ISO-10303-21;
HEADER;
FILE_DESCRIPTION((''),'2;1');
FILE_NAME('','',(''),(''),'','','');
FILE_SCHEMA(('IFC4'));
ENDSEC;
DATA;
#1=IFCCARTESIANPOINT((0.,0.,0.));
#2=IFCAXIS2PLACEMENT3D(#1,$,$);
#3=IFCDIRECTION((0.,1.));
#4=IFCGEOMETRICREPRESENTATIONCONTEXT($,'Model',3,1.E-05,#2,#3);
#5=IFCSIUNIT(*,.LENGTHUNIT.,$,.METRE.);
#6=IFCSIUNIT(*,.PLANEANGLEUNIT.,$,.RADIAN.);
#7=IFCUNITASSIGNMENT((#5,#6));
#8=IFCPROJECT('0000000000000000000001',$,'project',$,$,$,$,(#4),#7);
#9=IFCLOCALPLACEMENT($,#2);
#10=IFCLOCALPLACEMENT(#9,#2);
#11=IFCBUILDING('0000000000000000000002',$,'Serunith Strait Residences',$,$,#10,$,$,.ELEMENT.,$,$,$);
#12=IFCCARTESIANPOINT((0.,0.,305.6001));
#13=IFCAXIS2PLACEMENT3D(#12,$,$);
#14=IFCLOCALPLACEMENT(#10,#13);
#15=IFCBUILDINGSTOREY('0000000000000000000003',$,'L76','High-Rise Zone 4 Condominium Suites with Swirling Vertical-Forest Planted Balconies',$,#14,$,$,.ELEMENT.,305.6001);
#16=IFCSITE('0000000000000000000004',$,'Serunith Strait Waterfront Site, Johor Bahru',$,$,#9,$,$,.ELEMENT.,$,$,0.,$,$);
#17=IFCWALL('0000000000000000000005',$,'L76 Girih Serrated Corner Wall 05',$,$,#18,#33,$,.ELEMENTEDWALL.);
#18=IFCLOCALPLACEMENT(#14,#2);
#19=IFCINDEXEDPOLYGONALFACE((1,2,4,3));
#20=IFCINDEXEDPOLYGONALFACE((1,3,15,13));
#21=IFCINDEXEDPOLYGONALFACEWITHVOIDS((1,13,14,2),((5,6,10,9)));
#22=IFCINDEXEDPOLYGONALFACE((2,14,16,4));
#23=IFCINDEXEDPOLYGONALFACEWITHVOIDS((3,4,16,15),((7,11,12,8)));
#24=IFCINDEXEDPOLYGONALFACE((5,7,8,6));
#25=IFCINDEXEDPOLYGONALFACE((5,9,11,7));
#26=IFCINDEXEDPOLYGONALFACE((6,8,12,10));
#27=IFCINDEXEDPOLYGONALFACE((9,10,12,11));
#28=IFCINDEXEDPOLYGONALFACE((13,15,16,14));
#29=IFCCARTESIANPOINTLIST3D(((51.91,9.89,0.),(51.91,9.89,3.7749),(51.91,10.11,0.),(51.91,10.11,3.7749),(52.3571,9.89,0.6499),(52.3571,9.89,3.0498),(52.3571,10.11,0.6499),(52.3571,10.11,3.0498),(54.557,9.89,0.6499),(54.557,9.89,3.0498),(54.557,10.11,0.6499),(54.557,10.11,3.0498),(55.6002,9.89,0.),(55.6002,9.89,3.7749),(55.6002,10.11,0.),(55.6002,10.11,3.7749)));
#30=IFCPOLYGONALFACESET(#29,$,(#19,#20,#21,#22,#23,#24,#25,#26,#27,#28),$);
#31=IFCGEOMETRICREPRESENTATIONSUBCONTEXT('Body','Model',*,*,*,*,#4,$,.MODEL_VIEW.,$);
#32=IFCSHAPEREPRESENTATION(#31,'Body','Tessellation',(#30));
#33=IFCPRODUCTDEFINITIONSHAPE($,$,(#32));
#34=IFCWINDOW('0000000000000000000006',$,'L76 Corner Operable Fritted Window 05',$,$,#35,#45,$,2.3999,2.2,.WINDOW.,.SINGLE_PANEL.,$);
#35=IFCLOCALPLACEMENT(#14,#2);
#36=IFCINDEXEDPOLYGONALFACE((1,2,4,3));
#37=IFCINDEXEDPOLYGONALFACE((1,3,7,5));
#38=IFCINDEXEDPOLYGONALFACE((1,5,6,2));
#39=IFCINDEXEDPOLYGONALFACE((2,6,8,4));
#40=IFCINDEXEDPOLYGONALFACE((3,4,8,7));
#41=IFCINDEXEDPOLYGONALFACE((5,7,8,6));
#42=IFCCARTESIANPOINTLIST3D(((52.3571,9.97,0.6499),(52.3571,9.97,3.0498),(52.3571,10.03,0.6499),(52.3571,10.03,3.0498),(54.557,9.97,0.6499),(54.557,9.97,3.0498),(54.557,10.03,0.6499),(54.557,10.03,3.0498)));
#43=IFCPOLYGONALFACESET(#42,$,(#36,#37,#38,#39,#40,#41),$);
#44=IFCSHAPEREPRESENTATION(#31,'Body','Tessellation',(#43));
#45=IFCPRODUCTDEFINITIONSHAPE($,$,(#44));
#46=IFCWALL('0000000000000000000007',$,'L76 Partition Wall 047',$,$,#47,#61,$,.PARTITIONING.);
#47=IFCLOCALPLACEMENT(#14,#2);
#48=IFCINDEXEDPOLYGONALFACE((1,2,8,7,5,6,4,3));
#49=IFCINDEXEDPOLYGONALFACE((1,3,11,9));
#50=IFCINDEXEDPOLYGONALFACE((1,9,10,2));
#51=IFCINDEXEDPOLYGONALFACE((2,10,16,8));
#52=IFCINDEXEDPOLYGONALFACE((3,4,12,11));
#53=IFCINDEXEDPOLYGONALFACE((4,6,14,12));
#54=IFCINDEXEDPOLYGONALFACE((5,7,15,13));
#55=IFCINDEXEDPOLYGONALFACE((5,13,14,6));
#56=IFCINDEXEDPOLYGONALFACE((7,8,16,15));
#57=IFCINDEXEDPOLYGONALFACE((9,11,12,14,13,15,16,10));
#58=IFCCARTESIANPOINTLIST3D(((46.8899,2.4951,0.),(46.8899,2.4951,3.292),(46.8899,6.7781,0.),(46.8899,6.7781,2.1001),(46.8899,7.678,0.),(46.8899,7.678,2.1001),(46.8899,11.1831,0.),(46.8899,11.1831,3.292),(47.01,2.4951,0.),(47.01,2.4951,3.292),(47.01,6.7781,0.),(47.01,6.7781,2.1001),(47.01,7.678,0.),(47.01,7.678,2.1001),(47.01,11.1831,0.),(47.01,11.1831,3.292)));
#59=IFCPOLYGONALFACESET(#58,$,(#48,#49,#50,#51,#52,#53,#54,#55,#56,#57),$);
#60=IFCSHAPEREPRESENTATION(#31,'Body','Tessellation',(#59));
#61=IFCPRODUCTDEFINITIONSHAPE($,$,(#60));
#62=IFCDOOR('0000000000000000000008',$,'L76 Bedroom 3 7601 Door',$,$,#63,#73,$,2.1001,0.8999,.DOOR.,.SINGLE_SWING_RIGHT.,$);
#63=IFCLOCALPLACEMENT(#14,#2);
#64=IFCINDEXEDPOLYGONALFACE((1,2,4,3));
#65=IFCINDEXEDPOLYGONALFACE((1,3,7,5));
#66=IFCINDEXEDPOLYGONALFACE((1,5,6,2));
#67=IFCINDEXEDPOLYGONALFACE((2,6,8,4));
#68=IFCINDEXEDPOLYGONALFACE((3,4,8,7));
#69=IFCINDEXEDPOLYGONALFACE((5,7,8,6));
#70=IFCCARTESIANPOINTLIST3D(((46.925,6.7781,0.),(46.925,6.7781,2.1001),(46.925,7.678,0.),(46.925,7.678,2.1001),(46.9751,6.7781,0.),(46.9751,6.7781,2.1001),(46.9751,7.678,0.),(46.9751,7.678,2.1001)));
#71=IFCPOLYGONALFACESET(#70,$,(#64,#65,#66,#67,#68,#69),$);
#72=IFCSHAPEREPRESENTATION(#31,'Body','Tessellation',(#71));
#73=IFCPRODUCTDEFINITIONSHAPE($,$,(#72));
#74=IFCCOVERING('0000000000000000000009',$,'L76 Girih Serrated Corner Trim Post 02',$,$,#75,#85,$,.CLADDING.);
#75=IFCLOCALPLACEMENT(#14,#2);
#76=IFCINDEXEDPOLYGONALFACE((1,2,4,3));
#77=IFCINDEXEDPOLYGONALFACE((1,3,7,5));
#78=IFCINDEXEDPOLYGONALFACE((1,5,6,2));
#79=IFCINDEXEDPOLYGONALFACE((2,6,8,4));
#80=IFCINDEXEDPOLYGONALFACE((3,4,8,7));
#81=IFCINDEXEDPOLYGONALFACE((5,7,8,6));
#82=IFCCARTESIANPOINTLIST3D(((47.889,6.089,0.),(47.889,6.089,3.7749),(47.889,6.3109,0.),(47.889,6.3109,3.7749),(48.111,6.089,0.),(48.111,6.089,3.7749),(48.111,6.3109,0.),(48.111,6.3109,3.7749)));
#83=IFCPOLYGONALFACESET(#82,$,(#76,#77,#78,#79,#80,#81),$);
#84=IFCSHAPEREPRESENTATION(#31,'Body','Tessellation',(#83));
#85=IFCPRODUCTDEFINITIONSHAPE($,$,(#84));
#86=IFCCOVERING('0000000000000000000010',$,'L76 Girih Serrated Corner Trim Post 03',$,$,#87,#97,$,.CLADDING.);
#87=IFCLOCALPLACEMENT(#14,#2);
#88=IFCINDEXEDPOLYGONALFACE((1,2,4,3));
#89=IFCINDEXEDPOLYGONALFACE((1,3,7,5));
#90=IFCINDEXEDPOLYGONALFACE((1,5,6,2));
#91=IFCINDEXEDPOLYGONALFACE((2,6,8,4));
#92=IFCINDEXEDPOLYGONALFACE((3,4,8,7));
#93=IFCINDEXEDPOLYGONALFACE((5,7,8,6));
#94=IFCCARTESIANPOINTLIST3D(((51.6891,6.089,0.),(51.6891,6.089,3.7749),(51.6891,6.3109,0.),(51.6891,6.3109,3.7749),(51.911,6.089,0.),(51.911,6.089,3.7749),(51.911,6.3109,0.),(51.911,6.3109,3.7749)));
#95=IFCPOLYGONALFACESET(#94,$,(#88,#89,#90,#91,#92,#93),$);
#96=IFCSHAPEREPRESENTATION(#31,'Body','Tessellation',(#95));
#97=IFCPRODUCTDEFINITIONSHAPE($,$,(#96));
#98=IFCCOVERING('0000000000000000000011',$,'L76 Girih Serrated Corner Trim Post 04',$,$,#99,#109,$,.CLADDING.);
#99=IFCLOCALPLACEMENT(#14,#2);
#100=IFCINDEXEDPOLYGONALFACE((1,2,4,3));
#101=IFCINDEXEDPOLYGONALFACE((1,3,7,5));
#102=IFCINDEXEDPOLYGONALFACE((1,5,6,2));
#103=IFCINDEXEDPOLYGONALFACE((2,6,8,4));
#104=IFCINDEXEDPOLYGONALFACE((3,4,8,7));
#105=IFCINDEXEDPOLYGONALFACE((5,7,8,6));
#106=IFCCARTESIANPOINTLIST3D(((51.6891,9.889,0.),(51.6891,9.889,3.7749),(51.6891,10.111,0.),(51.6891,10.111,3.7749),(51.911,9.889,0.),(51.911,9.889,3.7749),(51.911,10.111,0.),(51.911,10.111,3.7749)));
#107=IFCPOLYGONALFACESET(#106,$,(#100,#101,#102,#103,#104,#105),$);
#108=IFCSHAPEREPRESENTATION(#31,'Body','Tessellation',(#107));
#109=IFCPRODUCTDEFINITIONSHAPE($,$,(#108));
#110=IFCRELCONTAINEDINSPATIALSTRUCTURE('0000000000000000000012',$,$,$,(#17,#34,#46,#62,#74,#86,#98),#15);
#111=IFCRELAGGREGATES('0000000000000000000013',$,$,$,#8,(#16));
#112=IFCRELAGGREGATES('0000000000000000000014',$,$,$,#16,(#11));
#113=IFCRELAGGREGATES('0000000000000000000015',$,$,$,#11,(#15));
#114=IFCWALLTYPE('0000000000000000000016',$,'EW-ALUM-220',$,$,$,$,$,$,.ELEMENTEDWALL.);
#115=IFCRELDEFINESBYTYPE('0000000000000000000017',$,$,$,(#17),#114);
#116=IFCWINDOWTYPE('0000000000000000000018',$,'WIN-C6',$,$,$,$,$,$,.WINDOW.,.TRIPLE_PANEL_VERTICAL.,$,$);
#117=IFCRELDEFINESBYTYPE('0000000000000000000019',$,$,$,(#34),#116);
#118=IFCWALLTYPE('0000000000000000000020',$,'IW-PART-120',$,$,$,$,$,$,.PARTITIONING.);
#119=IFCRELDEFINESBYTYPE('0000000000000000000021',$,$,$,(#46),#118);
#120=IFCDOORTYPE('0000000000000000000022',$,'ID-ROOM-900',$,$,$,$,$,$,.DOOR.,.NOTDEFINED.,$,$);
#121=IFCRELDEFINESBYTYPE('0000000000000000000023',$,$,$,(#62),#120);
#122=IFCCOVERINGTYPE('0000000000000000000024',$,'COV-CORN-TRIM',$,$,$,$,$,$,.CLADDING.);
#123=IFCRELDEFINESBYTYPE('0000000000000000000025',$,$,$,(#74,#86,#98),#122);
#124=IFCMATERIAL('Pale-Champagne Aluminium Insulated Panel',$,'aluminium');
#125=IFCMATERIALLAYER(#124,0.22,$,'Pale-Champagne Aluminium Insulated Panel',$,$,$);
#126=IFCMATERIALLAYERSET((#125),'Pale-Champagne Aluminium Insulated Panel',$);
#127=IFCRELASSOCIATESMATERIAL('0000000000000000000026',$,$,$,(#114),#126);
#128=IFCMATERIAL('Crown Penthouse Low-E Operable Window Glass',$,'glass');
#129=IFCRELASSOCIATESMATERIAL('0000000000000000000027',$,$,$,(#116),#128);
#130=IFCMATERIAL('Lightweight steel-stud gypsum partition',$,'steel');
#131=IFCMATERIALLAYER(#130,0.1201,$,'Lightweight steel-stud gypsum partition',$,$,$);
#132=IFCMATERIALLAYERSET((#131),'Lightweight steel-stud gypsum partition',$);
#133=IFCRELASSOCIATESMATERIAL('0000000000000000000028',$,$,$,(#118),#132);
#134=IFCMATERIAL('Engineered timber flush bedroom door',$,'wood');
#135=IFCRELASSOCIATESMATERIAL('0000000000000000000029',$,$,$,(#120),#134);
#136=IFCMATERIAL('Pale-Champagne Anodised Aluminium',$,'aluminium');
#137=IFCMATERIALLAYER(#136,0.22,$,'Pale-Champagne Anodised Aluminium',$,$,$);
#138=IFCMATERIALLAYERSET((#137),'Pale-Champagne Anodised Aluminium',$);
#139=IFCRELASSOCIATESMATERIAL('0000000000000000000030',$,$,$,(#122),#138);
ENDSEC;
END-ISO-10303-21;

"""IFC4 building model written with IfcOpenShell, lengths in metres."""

from ifc_helpers import new_model, si_unit, direction, frame, frame_2d, origin, origin_2d, place, context, subcontext, project, spatial, rectangle, extrude, source, transform, mapped, material, layer, layer_set, type_object, element, fill, save


model = new_model("IFC4")

# Units and contexts
model_context = context("Model", 3, precision=1e-05, world=origin(), true_north=direction((0.0, 1.0)))
body_context = subcontext(model_context, "Body", "Model", "MODEL_VIEW")
ifc_project = project(units=[si_unit("LENGTHUNIT", "METRE"), si_unit("PLANEANGLEUNIT", "RADIAN")], contexts=[model_context])

# Site, building, storey
site_placement = place(None, origin())
site = spatial("IfcSite", under=ifc_project, at=site_placement, Name="Serunith Strait Waterfront Site, Johor Bahru", CompositionType="ELEMENT", RefElevation=0.0)
building_placement = place(site_placement, origin())
building = spatial("IfcBuilding", under=site, at=building_placement, Name="Serunith Strait Residences", CompositionType="ELEMENT")
storey_placement = place(building_placement, frame((0.0, 0.0, 305.6001)))
storey = spatial("IfcBuildingStorey", under=building, at=storey_placement, Name="L76", Description="High-Rise Zone 4 Condominium Suites with Swirling Vertical-Forest Planted Balconies", CompositionType="ELEMENT", Elevation=305.6001)

# Wall, opening, window
ifc_material_1 = material(Name="Pale-Champagne Aluminium Insulated Panel", Category="aluminium")
ifc_layer_1 = layer(ifc_material_1, 0.22, Name="Pale-Champagne Aluminium Insulated Panel")
ifc_layer_set_1 = layer_set([ifc_layer_1], Name="Pale-Champagne Aluminium Insulated Panel")
wall_type_1 = type_object("IfcWallType", Name="EW-ALUM-220", PredefinedType="ELEMENTEDWALL", material=ifc_layer_set_1)
ifc_material_2 = material(Name="Crown Penthouse Low-E Operable Window Glass", Category="glass")
window_type = type_object("IfcWindowType", Name="WIN-C6", PartitioningType="TRIPLE_PANEL_VERTICAL", PredefinedType="WINDOW", material=ifc_material_2)
shared_shape_1 = source(origin(), body_context, "Body", "SweptSolid", [
    extrude(rectangle(XDim=2.2, YDim=2.3999, at=frame_2d((1.1001, 1.2))), frame((0.0, 0.03, 0.0), z_axis=(0.0, -1.0, 0.0), x_axis=(1.0, 0.0, 0.0)), (0.0, 0.0, 1.0), 0.0601),
])
wall_1_placement = place(storey_placement, frame((51.9099, 10.0, 0.0), z_axis=(0.0, 0.0, 1.0), x_axis=(1.0, 0.0, 0.0)))
wall_1 = element("IfcWall", 1, at=wall_1_placement, inside=storey, type_object=wall_type_1, Name="L76 Girih Serrated Corner Wall 05", PredefinedType="ELEMENTEDWALL", context=body_context, shape_type="SweptSolid", body=[
    extrude(rectangle(XDim=3.6902, YDim=0.22, at=frame_2d((1.8452, 0.0))), origin(), (0.0, 0.0, 1.0), 3.7749),
])
opening_1_placement = place(wall_1_placement, frame((0.447, 0.0, 0.6499)))
opening_1 = element("IfcOpeningElement", 2, at=opening_1_placement, cuts=wall_1, PredefinedType="OPENING", context=body_context, shape_type="SweptSolid", body=[
    extrude(rectangle(XDim=2.2, YDim=2.3999, at=frame_2d((1.1001, 1.2))), frame((0.0, 0.1201, 0.0), z_axis=(0.0, -1.0, 0.0), x_axis=(1.0, 0.0, 0.0)), (0.0, 0.0, 1.0), 0.24),
])
window_1_placement = place(opening_1_placement, origin())
window_1 = element("IfcWindow", 3, at=window_1_placement, inside=storey, type_object=window_type, Name="L76 Corner Operable Fritted Window 05", OverallHeight=2.3999, OverallWidth=2.2, PartitioningType="SINGLE_PANEL", PredefinedType="WINDOW", context=body_context, shape_type="MappedRepresentation", body=[
    mapped(shared_shape_1, transform((0.0, 0.0, 0.0), scale=1.0)),
])
fill(opening_1, window_1)

# Wall, opening, door
ifc_material_3 = material(Name="Lightweight steel-stud gypsum partition", Category="steel")
ifc_layer_2 = layer(ifc_material_3, 0.1201, Name="Lightweight steel-stud gypsum partition")
ifc_layer_set_2 = layer_set([ifc_layer_2], Name="Lightweight steel-stud gypsum partition")
wall_type_2 = type_object("IfcWallType", Name="IW-PART-120", PredefinedType="PARTITIONING", material=ifc_layer_set_2)
wall_2_placement = place(storey_placement, frame((46.95, 2.4951, 0.0), z_axis=(0.0, 0.0, 1.0), x_axis=(0.0, 1.0, 0.0)))
wall_2 = element("IfcWall", 4, at=wall_2_placement, inside=storey, type_object=wall_type_2, Name="L76 Partition Wall 047", PredefinedType="PARTITIONING", context=body_context, shape_type="SweptSolid", body=[
    extrude(rectangle(XDim=8.688, YDim=0.1201, at=frame_2d((4.344, 0.0))), origin(), (0.0, 0.0, 1.0), 3.292),
])
opening_2_placement = place(wall_2_placement, frame((4.283, 0.0, 0.0)))
opening_2 = element("IfcOpeningElement", 5, at=opening_2_placement, cuts=wall_2, PredefinedType="OPENING", context=body_context, shape_type="SweptSolid", body=[
    extrude(rectangle(XDim=0.8999, YDim=2.1001, at=frame_2d((0.45, 1.05))), frame((0.0, 0.0701, 0.0), z_axis=(0.0, -1.0, 0.0), x_axis=(1.0, 0.0, 0.0)), (0.0, 0.0, 1.0), 0.1401),
])
ifc_material_4 = material(Name="Engineered timber flush bedroom door", Category="wood")
door_type = type_object("IfcDoorType", Name="ID-ROOM-900", OperationType="NOTDEFINED", PredefinedType="DOOR", material=ifc_material_4)
shared_shape_2 = source(origin(), body_context, "Body", "SweptSolid", [
    extrude(rectangle(XDim=0.8999, YDim=2.1001, at=frame_2d((0.45, 1.05))), frame((0.0, 0.0249, 0.0), z_axis=(0.0, -1.0, 0.0), x_axis=(1.0, 0.0, 0.0)), (0.0, 0.0, 1.0), 0.05),
])
door_placement = place(opening_2_placement, origin())
door = element("IfcDoor", 6, at=door_placement, inside=storey, type_object=door_type, Name="L76 Bedroom 3 7601 Door", OperationType="SINGLE_SWING_RIGHT", OverallHeight=2.1001, OverallWidth=0.8999, PredefinedType="DOOR", context=body_context, shape_type="MappedRepresentation", body=[
    mapped(shared_shape_2, transform((0.0, 0.0, 0.0), scale=1.0)),
])
fill(opening_2, door)

# Coverings
ifc_material_5 = material(Name="Pale-Champagne Anodised Aluminium", Category="aluminium")
ifc_layer_3 = layer(ifc_material_5, 0.22, Name="Pale-Champagne Anodised Aluminium")
ifc_layer_set_3 = layer_set([ifc_layer_3], Name="Pale-Champagne Anodised Aluminium")
covering_type = type_object("IfcCoveringType", Name="COV-CORN-TRIM", PredefinedType="CLADDING", material=ifc_layer_set_3)
shared_shape_3 = source(origin(), body_context, "Body", "SweptSolid", [
    extrude(rectangle(XDim=0.2219, YDim=0.2219, at=origin_2d()), origin(), (0.0, 0.0, 1.0), 3.7749),
])
for number, where, z_axis, x_axis, name in (
    (7, (48.0, 6.2, 0.0), (0.0, 0.0, 1.0), (1.0, 0.0, 0.0), "L76 Girih Serrated Corner Trim Post 02"),
    (8, (51.8, 6.2, 0.0), (0.0, 0.0, 1.0), (1.0, 0.0, 0.0), "L76 Girih Serrated Corner Trim Post 03"),
    (9, (51.8, 10.0, 0.0), (0.0, 0.0, 1.0), (1.0, 0.0, 0.0), "L76 Girih Serrated Corner Trim Post 04"),
):
    element("IfcCovering", number, at=place(storey_placement, frame(where, z_axis=z_axis, x_axis=x_axis)), inside=storey, type_object=covering_type, Name=name, PredefinedType="CLADDING", context=body_context, shape_type="MappedRepresentation", body=[
        mapped(shared_shape_3, transform((0.0, 0.0, 0.0), scale=1.0)),
    ])

save(model, "model.ifc")
